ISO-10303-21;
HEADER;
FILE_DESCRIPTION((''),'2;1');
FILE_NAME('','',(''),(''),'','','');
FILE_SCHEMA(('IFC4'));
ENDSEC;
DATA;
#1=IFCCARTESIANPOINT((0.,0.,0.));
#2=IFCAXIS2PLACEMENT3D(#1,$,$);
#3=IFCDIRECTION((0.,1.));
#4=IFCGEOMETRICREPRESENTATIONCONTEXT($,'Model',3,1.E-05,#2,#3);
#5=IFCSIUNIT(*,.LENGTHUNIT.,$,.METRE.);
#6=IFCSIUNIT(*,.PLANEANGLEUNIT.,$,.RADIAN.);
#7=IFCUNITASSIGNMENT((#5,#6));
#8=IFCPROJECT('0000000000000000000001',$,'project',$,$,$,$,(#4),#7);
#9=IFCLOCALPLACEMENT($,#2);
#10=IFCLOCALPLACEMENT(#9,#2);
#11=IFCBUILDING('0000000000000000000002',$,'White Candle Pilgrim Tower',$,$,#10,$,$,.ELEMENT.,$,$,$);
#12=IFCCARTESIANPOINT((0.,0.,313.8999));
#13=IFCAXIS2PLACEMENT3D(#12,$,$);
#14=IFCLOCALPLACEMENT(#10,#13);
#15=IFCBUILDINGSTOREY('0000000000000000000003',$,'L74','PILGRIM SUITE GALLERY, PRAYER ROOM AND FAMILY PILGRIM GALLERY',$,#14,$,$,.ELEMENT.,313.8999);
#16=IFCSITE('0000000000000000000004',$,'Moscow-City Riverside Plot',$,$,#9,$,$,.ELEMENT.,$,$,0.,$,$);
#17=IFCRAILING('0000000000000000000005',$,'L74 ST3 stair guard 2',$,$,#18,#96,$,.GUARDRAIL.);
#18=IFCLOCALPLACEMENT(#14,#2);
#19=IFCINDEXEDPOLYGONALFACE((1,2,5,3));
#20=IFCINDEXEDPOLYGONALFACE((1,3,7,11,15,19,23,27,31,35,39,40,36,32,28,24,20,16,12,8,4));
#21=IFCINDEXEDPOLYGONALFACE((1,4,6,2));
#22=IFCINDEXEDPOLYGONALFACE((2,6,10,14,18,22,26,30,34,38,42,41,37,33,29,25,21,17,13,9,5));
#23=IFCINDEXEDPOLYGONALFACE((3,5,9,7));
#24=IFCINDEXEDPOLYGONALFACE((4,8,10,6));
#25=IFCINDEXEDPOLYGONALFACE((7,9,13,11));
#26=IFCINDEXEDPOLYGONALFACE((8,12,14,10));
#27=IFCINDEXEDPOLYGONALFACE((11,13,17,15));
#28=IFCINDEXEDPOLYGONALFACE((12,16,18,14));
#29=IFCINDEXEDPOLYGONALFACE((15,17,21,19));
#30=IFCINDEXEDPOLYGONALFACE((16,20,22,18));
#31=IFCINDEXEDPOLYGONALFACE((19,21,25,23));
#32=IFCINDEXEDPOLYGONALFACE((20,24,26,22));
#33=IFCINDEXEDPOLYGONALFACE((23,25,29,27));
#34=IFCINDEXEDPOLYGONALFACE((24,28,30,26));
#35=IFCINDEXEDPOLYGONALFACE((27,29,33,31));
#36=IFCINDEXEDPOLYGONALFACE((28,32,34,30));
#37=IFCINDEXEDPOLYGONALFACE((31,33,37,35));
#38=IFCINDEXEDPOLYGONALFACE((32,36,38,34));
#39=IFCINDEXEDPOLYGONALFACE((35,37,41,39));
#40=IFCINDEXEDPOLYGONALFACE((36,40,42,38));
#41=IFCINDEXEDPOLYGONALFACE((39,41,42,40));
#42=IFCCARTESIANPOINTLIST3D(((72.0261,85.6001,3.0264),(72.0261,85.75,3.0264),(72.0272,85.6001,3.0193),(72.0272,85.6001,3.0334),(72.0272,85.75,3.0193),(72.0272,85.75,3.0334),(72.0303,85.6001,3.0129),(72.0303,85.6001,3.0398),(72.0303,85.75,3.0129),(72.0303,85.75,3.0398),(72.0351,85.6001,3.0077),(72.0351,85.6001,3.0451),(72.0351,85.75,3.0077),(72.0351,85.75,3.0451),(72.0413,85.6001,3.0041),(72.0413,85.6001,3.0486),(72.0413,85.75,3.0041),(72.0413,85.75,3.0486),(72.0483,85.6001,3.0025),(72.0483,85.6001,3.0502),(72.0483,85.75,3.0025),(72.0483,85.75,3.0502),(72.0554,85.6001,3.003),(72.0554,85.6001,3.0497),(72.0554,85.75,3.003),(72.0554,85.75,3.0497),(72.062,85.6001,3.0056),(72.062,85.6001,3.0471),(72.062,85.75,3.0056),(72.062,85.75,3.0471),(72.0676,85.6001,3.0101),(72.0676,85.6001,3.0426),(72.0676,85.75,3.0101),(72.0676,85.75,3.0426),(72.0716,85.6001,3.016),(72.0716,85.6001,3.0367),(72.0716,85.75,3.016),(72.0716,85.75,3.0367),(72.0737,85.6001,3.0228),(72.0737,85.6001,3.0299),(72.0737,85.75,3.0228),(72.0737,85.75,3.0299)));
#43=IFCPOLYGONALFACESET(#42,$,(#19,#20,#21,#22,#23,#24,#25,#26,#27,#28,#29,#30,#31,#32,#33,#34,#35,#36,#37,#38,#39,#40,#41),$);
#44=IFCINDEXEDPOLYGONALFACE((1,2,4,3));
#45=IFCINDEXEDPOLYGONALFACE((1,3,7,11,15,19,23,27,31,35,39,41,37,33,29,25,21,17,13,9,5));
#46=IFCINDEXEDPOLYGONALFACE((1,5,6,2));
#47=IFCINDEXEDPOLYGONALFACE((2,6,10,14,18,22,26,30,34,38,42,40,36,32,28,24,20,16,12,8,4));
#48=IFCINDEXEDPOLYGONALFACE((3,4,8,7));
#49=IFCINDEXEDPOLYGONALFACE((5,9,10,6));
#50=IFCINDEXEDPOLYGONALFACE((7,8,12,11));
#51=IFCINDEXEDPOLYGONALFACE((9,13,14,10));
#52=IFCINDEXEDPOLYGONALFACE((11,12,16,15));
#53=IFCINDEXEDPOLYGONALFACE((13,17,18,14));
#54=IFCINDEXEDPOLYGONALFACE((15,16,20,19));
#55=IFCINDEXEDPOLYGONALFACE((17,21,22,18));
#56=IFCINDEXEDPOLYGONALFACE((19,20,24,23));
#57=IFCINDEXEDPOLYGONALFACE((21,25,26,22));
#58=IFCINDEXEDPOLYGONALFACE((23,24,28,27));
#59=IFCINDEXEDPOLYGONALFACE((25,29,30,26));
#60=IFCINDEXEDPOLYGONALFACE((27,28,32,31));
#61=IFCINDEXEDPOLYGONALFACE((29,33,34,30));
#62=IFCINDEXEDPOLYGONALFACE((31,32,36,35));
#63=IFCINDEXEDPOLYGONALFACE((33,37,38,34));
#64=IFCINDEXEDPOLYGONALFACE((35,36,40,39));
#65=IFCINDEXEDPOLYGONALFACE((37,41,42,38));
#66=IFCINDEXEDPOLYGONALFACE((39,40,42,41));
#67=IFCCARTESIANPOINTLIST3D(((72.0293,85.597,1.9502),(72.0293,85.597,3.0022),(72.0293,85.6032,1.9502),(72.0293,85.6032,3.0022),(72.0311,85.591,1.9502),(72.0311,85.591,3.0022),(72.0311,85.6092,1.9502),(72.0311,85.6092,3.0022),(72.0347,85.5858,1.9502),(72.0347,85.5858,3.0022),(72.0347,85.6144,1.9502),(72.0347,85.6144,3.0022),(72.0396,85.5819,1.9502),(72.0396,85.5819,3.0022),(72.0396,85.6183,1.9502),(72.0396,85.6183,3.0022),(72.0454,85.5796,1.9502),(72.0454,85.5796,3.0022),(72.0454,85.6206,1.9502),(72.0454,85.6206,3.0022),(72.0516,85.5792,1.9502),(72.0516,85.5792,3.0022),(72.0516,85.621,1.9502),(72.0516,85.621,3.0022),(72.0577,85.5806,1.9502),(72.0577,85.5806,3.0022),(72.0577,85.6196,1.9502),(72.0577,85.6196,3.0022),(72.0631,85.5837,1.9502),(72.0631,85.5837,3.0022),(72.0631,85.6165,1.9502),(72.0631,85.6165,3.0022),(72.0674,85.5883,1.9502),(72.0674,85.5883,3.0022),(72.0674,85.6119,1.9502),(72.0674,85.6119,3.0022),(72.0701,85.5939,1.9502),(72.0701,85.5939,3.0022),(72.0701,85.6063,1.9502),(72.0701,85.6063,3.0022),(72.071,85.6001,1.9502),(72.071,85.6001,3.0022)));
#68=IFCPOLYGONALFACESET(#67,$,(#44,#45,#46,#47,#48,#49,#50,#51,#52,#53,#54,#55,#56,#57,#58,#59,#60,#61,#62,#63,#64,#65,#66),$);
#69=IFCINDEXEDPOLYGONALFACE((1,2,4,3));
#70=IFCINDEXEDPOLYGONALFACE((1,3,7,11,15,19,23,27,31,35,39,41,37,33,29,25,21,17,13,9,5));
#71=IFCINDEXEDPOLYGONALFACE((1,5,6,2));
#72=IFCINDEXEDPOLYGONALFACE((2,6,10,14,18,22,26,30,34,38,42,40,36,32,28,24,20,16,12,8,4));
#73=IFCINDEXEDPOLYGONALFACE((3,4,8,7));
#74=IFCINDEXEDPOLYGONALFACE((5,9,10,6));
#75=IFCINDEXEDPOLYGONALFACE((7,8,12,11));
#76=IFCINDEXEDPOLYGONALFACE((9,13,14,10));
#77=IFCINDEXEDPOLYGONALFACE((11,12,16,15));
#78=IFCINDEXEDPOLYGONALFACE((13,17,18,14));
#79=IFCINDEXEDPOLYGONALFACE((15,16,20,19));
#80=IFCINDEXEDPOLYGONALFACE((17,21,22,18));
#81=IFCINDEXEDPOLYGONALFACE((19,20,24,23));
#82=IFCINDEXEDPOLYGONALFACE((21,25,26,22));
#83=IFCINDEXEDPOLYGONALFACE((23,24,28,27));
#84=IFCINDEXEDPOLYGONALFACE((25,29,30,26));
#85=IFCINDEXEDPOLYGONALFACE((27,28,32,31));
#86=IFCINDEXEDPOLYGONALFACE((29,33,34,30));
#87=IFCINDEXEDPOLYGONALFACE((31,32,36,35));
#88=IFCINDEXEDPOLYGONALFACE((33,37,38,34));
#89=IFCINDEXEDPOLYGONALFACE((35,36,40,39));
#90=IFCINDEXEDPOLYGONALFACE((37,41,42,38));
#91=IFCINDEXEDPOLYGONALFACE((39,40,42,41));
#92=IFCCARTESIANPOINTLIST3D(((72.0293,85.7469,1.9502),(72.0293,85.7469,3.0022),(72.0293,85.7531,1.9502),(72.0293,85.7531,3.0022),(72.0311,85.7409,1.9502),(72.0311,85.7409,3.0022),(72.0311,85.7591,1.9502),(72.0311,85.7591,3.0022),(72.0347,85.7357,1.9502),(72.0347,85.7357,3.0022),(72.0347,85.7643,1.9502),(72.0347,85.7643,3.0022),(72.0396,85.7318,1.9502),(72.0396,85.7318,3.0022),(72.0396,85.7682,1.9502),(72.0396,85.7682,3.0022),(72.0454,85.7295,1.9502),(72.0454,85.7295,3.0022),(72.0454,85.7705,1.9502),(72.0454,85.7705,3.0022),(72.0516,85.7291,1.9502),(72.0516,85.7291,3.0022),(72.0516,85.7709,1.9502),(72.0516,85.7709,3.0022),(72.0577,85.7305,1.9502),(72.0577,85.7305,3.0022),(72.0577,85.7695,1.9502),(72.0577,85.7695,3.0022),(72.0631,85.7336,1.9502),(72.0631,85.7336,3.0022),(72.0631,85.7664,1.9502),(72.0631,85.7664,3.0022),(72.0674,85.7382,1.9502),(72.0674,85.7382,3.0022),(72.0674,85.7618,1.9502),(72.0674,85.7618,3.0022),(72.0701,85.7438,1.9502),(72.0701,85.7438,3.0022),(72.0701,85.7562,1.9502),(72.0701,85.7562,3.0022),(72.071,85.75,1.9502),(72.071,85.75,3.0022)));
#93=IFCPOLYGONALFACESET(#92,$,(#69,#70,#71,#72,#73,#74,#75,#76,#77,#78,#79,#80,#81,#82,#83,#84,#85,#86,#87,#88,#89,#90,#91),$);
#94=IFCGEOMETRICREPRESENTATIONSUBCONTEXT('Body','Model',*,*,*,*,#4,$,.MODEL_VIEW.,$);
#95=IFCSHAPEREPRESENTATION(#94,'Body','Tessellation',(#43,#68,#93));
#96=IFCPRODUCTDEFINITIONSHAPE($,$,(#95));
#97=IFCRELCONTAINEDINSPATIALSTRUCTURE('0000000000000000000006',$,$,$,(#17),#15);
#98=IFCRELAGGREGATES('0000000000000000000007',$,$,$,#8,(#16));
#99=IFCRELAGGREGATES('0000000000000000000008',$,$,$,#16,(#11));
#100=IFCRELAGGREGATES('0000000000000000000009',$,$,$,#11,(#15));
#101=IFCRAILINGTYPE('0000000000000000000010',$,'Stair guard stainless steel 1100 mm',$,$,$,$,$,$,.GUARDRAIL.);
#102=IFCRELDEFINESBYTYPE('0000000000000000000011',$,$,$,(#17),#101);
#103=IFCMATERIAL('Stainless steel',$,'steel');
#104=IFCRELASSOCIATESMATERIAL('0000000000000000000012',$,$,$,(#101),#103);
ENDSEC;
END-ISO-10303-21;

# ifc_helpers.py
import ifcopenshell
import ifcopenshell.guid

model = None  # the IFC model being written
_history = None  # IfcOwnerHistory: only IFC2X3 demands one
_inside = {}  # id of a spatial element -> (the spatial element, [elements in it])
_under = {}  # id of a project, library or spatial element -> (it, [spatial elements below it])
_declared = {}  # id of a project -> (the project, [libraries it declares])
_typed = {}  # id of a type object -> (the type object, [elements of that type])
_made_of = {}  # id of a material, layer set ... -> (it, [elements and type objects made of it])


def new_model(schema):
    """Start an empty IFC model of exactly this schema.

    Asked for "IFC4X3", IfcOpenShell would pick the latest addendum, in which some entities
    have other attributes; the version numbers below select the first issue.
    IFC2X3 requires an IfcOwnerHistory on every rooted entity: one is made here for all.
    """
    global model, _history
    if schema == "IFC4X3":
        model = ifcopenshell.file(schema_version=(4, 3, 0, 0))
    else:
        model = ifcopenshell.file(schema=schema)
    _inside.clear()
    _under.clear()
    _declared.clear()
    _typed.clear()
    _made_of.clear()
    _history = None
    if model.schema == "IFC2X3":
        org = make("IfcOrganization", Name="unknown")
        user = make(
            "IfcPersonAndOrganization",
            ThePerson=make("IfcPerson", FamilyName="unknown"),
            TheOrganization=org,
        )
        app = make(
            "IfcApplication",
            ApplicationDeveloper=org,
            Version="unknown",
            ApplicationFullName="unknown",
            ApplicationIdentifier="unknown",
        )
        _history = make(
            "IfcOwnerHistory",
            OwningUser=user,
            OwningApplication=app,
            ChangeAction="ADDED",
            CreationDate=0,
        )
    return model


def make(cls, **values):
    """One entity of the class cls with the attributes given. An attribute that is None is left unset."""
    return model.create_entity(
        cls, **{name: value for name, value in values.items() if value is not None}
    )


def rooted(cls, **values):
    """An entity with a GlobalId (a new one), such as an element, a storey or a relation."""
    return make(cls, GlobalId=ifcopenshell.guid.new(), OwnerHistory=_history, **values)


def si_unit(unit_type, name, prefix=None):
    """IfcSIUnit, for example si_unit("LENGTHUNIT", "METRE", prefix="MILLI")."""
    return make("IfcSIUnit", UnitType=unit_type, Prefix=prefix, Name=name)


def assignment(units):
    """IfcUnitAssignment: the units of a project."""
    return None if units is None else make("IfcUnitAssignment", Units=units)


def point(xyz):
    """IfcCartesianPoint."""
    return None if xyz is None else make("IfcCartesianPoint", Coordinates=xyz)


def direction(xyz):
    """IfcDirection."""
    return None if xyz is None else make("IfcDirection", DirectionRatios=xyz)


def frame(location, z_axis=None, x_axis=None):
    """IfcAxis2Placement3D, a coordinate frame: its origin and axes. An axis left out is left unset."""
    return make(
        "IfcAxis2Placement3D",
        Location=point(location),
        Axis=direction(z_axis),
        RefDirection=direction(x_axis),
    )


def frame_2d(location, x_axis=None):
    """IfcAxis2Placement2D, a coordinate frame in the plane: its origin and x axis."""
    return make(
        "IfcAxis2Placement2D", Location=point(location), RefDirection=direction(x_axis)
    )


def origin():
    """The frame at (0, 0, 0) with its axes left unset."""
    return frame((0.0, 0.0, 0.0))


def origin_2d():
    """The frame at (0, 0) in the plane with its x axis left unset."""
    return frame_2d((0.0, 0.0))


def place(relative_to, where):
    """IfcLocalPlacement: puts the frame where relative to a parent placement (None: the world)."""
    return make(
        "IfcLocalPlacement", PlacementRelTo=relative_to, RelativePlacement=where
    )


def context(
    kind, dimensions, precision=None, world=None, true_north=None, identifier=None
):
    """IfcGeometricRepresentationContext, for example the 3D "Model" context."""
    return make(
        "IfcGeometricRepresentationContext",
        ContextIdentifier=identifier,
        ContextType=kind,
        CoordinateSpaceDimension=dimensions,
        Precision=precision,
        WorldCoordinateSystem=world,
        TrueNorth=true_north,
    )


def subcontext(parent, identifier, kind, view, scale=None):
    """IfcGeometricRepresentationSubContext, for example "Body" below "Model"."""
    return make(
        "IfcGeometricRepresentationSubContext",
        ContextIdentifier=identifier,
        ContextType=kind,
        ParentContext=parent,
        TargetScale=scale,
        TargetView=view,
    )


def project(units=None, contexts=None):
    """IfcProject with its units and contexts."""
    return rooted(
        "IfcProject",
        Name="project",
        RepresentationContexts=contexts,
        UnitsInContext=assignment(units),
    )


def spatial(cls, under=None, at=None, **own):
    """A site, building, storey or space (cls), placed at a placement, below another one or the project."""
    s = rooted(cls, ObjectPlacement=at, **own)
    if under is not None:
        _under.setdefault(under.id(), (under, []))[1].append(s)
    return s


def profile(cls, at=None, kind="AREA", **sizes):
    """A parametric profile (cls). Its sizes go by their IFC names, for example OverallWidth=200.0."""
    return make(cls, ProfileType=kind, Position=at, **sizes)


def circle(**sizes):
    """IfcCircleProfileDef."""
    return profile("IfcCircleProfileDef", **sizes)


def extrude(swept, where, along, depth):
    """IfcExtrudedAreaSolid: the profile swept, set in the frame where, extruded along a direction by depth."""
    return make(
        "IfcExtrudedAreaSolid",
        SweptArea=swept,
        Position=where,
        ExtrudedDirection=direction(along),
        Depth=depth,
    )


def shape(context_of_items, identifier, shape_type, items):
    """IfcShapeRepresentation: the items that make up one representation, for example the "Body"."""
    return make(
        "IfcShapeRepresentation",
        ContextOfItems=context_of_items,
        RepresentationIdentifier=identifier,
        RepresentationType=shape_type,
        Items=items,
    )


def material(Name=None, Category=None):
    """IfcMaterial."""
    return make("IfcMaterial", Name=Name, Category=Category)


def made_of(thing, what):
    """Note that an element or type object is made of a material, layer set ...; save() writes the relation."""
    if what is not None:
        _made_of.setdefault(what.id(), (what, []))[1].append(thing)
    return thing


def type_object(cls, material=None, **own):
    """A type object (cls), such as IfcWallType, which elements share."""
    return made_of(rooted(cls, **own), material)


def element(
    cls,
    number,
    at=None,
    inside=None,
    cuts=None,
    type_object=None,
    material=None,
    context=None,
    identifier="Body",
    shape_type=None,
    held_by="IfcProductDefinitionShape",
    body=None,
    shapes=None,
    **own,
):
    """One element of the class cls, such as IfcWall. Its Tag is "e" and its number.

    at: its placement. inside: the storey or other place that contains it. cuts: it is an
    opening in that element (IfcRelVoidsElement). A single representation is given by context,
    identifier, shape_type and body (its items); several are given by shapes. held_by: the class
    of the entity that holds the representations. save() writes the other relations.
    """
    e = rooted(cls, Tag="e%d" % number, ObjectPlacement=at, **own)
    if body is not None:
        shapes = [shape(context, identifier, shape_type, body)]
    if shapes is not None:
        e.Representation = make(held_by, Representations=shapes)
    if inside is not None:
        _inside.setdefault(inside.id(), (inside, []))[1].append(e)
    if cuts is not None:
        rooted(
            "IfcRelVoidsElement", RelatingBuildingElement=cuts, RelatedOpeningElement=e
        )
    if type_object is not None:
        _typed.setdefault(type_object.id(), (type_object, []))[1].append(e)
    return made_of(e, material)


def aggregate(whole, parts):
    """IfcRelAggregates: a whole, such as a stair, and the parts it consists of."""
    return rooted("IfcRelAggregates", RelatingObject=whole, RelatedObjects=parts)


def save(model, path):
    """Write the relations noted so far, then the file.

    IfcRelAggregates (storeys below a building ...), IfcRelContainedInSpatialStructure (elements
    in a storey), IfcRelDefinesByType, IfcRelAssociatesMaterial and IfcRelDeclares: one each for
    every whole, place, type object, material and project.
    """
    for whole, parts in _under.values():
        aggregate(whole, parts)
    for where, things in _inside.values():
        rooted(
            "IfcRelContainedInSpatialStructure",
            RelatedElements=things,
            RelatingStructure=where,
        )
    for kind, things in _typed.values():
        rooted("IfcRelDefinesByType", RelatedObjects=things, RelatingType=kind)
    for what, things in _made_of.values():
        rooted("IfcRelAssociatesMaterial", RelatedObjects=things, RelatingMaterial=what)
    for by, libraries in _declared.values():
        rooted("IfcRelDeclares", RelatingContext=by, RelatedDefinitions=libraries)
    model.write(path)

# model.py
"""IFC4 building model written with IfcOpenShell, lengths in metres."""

from ifc_helpers import new_model, si_unit, direction, frame, origin, origin_2d, place, context, subcontext, project, spatial, circle, extrude, material, type_object, element, save


model = new_model("IFC4")

# Units and contexts
model_context = context("Model", 3, precision=1e-05, world=origin(), true_north=direction((0.0, 1.0)))
body_context = subcontext(model_context, "Body", "Model", "MODEL_VIEW")
ifc_project = project(units=[si_unit("LENGTHUNIT", "METRE"), si_unit("PLANEANGLEUNIT", "RADIAN")], contexts=[model_context])

# Site, building, storey
site_placement = place(None, origin())
site = spatial("IfcSite", under=ifc_project, at=site_placement, Name="Moscow-City Riverside Plot", CompositionType="ELEMENT", RefElevation=0.0)
building_placement = place(site_placement, origin())
building = spatial("IfcBuilding", under=site, at=building_placement, Name="White Candle Pilgrim Tower", CompositionType="ELEMENT")
storey_placement = place(building_placement, frame((0.0, 0.0, 313.8999)))
storey = spatial("IfcBuildingStorey", under=building, at=storey_placement, Name="L74", Description="PILGRIM SUITE GALLERY, PRAYER ROOM AND FAMILY PILGRIM GALLERY", CompositionType="ELEMENT", Elevation=313.8999)

# Railing
ifc_material_1 = material(Name="Stainless steel", Category="steel")
railing_type_1 = type_object("IfcRailingType", Name="Stair guard stainless steel 1100 mm", PredefinedType="GUARDRAIL", material=ifc_material_1)
railing_1_placement = place(storey_placement, frame((72.05, 85.6001, 1.9502)))
element("IfcRailing", 1, at=railing_1_placement, inside=storey, type_object=railing_type_1, Name="L74 ST3 stair guard 2", PredefinedType="GUARDRAIL", context=body_context, shape_type="SweptSolid", body=[
    extrude(circle(Radius=0.0239, at=origin_2d()), frame((0.0, 0.0, 1.0762), z_axis=(0.0, 1.0, 0.0), x_axis=(-1.0, 0.0, 0.0)), (0.0, 0.0, 1.0), 0.1499),
    extrude(circle(Radius=0.021, at=origin_2d()), origin(), (0.0, 0.0, 1.0), 1.052),
    extrude(circle(Radius=0.021, at=origin_2d()), frame((0.0, 0.1499, 0.0)), (0.0, 0.0, 1.0), 1.052),
])

save(model, "model.ifc")
